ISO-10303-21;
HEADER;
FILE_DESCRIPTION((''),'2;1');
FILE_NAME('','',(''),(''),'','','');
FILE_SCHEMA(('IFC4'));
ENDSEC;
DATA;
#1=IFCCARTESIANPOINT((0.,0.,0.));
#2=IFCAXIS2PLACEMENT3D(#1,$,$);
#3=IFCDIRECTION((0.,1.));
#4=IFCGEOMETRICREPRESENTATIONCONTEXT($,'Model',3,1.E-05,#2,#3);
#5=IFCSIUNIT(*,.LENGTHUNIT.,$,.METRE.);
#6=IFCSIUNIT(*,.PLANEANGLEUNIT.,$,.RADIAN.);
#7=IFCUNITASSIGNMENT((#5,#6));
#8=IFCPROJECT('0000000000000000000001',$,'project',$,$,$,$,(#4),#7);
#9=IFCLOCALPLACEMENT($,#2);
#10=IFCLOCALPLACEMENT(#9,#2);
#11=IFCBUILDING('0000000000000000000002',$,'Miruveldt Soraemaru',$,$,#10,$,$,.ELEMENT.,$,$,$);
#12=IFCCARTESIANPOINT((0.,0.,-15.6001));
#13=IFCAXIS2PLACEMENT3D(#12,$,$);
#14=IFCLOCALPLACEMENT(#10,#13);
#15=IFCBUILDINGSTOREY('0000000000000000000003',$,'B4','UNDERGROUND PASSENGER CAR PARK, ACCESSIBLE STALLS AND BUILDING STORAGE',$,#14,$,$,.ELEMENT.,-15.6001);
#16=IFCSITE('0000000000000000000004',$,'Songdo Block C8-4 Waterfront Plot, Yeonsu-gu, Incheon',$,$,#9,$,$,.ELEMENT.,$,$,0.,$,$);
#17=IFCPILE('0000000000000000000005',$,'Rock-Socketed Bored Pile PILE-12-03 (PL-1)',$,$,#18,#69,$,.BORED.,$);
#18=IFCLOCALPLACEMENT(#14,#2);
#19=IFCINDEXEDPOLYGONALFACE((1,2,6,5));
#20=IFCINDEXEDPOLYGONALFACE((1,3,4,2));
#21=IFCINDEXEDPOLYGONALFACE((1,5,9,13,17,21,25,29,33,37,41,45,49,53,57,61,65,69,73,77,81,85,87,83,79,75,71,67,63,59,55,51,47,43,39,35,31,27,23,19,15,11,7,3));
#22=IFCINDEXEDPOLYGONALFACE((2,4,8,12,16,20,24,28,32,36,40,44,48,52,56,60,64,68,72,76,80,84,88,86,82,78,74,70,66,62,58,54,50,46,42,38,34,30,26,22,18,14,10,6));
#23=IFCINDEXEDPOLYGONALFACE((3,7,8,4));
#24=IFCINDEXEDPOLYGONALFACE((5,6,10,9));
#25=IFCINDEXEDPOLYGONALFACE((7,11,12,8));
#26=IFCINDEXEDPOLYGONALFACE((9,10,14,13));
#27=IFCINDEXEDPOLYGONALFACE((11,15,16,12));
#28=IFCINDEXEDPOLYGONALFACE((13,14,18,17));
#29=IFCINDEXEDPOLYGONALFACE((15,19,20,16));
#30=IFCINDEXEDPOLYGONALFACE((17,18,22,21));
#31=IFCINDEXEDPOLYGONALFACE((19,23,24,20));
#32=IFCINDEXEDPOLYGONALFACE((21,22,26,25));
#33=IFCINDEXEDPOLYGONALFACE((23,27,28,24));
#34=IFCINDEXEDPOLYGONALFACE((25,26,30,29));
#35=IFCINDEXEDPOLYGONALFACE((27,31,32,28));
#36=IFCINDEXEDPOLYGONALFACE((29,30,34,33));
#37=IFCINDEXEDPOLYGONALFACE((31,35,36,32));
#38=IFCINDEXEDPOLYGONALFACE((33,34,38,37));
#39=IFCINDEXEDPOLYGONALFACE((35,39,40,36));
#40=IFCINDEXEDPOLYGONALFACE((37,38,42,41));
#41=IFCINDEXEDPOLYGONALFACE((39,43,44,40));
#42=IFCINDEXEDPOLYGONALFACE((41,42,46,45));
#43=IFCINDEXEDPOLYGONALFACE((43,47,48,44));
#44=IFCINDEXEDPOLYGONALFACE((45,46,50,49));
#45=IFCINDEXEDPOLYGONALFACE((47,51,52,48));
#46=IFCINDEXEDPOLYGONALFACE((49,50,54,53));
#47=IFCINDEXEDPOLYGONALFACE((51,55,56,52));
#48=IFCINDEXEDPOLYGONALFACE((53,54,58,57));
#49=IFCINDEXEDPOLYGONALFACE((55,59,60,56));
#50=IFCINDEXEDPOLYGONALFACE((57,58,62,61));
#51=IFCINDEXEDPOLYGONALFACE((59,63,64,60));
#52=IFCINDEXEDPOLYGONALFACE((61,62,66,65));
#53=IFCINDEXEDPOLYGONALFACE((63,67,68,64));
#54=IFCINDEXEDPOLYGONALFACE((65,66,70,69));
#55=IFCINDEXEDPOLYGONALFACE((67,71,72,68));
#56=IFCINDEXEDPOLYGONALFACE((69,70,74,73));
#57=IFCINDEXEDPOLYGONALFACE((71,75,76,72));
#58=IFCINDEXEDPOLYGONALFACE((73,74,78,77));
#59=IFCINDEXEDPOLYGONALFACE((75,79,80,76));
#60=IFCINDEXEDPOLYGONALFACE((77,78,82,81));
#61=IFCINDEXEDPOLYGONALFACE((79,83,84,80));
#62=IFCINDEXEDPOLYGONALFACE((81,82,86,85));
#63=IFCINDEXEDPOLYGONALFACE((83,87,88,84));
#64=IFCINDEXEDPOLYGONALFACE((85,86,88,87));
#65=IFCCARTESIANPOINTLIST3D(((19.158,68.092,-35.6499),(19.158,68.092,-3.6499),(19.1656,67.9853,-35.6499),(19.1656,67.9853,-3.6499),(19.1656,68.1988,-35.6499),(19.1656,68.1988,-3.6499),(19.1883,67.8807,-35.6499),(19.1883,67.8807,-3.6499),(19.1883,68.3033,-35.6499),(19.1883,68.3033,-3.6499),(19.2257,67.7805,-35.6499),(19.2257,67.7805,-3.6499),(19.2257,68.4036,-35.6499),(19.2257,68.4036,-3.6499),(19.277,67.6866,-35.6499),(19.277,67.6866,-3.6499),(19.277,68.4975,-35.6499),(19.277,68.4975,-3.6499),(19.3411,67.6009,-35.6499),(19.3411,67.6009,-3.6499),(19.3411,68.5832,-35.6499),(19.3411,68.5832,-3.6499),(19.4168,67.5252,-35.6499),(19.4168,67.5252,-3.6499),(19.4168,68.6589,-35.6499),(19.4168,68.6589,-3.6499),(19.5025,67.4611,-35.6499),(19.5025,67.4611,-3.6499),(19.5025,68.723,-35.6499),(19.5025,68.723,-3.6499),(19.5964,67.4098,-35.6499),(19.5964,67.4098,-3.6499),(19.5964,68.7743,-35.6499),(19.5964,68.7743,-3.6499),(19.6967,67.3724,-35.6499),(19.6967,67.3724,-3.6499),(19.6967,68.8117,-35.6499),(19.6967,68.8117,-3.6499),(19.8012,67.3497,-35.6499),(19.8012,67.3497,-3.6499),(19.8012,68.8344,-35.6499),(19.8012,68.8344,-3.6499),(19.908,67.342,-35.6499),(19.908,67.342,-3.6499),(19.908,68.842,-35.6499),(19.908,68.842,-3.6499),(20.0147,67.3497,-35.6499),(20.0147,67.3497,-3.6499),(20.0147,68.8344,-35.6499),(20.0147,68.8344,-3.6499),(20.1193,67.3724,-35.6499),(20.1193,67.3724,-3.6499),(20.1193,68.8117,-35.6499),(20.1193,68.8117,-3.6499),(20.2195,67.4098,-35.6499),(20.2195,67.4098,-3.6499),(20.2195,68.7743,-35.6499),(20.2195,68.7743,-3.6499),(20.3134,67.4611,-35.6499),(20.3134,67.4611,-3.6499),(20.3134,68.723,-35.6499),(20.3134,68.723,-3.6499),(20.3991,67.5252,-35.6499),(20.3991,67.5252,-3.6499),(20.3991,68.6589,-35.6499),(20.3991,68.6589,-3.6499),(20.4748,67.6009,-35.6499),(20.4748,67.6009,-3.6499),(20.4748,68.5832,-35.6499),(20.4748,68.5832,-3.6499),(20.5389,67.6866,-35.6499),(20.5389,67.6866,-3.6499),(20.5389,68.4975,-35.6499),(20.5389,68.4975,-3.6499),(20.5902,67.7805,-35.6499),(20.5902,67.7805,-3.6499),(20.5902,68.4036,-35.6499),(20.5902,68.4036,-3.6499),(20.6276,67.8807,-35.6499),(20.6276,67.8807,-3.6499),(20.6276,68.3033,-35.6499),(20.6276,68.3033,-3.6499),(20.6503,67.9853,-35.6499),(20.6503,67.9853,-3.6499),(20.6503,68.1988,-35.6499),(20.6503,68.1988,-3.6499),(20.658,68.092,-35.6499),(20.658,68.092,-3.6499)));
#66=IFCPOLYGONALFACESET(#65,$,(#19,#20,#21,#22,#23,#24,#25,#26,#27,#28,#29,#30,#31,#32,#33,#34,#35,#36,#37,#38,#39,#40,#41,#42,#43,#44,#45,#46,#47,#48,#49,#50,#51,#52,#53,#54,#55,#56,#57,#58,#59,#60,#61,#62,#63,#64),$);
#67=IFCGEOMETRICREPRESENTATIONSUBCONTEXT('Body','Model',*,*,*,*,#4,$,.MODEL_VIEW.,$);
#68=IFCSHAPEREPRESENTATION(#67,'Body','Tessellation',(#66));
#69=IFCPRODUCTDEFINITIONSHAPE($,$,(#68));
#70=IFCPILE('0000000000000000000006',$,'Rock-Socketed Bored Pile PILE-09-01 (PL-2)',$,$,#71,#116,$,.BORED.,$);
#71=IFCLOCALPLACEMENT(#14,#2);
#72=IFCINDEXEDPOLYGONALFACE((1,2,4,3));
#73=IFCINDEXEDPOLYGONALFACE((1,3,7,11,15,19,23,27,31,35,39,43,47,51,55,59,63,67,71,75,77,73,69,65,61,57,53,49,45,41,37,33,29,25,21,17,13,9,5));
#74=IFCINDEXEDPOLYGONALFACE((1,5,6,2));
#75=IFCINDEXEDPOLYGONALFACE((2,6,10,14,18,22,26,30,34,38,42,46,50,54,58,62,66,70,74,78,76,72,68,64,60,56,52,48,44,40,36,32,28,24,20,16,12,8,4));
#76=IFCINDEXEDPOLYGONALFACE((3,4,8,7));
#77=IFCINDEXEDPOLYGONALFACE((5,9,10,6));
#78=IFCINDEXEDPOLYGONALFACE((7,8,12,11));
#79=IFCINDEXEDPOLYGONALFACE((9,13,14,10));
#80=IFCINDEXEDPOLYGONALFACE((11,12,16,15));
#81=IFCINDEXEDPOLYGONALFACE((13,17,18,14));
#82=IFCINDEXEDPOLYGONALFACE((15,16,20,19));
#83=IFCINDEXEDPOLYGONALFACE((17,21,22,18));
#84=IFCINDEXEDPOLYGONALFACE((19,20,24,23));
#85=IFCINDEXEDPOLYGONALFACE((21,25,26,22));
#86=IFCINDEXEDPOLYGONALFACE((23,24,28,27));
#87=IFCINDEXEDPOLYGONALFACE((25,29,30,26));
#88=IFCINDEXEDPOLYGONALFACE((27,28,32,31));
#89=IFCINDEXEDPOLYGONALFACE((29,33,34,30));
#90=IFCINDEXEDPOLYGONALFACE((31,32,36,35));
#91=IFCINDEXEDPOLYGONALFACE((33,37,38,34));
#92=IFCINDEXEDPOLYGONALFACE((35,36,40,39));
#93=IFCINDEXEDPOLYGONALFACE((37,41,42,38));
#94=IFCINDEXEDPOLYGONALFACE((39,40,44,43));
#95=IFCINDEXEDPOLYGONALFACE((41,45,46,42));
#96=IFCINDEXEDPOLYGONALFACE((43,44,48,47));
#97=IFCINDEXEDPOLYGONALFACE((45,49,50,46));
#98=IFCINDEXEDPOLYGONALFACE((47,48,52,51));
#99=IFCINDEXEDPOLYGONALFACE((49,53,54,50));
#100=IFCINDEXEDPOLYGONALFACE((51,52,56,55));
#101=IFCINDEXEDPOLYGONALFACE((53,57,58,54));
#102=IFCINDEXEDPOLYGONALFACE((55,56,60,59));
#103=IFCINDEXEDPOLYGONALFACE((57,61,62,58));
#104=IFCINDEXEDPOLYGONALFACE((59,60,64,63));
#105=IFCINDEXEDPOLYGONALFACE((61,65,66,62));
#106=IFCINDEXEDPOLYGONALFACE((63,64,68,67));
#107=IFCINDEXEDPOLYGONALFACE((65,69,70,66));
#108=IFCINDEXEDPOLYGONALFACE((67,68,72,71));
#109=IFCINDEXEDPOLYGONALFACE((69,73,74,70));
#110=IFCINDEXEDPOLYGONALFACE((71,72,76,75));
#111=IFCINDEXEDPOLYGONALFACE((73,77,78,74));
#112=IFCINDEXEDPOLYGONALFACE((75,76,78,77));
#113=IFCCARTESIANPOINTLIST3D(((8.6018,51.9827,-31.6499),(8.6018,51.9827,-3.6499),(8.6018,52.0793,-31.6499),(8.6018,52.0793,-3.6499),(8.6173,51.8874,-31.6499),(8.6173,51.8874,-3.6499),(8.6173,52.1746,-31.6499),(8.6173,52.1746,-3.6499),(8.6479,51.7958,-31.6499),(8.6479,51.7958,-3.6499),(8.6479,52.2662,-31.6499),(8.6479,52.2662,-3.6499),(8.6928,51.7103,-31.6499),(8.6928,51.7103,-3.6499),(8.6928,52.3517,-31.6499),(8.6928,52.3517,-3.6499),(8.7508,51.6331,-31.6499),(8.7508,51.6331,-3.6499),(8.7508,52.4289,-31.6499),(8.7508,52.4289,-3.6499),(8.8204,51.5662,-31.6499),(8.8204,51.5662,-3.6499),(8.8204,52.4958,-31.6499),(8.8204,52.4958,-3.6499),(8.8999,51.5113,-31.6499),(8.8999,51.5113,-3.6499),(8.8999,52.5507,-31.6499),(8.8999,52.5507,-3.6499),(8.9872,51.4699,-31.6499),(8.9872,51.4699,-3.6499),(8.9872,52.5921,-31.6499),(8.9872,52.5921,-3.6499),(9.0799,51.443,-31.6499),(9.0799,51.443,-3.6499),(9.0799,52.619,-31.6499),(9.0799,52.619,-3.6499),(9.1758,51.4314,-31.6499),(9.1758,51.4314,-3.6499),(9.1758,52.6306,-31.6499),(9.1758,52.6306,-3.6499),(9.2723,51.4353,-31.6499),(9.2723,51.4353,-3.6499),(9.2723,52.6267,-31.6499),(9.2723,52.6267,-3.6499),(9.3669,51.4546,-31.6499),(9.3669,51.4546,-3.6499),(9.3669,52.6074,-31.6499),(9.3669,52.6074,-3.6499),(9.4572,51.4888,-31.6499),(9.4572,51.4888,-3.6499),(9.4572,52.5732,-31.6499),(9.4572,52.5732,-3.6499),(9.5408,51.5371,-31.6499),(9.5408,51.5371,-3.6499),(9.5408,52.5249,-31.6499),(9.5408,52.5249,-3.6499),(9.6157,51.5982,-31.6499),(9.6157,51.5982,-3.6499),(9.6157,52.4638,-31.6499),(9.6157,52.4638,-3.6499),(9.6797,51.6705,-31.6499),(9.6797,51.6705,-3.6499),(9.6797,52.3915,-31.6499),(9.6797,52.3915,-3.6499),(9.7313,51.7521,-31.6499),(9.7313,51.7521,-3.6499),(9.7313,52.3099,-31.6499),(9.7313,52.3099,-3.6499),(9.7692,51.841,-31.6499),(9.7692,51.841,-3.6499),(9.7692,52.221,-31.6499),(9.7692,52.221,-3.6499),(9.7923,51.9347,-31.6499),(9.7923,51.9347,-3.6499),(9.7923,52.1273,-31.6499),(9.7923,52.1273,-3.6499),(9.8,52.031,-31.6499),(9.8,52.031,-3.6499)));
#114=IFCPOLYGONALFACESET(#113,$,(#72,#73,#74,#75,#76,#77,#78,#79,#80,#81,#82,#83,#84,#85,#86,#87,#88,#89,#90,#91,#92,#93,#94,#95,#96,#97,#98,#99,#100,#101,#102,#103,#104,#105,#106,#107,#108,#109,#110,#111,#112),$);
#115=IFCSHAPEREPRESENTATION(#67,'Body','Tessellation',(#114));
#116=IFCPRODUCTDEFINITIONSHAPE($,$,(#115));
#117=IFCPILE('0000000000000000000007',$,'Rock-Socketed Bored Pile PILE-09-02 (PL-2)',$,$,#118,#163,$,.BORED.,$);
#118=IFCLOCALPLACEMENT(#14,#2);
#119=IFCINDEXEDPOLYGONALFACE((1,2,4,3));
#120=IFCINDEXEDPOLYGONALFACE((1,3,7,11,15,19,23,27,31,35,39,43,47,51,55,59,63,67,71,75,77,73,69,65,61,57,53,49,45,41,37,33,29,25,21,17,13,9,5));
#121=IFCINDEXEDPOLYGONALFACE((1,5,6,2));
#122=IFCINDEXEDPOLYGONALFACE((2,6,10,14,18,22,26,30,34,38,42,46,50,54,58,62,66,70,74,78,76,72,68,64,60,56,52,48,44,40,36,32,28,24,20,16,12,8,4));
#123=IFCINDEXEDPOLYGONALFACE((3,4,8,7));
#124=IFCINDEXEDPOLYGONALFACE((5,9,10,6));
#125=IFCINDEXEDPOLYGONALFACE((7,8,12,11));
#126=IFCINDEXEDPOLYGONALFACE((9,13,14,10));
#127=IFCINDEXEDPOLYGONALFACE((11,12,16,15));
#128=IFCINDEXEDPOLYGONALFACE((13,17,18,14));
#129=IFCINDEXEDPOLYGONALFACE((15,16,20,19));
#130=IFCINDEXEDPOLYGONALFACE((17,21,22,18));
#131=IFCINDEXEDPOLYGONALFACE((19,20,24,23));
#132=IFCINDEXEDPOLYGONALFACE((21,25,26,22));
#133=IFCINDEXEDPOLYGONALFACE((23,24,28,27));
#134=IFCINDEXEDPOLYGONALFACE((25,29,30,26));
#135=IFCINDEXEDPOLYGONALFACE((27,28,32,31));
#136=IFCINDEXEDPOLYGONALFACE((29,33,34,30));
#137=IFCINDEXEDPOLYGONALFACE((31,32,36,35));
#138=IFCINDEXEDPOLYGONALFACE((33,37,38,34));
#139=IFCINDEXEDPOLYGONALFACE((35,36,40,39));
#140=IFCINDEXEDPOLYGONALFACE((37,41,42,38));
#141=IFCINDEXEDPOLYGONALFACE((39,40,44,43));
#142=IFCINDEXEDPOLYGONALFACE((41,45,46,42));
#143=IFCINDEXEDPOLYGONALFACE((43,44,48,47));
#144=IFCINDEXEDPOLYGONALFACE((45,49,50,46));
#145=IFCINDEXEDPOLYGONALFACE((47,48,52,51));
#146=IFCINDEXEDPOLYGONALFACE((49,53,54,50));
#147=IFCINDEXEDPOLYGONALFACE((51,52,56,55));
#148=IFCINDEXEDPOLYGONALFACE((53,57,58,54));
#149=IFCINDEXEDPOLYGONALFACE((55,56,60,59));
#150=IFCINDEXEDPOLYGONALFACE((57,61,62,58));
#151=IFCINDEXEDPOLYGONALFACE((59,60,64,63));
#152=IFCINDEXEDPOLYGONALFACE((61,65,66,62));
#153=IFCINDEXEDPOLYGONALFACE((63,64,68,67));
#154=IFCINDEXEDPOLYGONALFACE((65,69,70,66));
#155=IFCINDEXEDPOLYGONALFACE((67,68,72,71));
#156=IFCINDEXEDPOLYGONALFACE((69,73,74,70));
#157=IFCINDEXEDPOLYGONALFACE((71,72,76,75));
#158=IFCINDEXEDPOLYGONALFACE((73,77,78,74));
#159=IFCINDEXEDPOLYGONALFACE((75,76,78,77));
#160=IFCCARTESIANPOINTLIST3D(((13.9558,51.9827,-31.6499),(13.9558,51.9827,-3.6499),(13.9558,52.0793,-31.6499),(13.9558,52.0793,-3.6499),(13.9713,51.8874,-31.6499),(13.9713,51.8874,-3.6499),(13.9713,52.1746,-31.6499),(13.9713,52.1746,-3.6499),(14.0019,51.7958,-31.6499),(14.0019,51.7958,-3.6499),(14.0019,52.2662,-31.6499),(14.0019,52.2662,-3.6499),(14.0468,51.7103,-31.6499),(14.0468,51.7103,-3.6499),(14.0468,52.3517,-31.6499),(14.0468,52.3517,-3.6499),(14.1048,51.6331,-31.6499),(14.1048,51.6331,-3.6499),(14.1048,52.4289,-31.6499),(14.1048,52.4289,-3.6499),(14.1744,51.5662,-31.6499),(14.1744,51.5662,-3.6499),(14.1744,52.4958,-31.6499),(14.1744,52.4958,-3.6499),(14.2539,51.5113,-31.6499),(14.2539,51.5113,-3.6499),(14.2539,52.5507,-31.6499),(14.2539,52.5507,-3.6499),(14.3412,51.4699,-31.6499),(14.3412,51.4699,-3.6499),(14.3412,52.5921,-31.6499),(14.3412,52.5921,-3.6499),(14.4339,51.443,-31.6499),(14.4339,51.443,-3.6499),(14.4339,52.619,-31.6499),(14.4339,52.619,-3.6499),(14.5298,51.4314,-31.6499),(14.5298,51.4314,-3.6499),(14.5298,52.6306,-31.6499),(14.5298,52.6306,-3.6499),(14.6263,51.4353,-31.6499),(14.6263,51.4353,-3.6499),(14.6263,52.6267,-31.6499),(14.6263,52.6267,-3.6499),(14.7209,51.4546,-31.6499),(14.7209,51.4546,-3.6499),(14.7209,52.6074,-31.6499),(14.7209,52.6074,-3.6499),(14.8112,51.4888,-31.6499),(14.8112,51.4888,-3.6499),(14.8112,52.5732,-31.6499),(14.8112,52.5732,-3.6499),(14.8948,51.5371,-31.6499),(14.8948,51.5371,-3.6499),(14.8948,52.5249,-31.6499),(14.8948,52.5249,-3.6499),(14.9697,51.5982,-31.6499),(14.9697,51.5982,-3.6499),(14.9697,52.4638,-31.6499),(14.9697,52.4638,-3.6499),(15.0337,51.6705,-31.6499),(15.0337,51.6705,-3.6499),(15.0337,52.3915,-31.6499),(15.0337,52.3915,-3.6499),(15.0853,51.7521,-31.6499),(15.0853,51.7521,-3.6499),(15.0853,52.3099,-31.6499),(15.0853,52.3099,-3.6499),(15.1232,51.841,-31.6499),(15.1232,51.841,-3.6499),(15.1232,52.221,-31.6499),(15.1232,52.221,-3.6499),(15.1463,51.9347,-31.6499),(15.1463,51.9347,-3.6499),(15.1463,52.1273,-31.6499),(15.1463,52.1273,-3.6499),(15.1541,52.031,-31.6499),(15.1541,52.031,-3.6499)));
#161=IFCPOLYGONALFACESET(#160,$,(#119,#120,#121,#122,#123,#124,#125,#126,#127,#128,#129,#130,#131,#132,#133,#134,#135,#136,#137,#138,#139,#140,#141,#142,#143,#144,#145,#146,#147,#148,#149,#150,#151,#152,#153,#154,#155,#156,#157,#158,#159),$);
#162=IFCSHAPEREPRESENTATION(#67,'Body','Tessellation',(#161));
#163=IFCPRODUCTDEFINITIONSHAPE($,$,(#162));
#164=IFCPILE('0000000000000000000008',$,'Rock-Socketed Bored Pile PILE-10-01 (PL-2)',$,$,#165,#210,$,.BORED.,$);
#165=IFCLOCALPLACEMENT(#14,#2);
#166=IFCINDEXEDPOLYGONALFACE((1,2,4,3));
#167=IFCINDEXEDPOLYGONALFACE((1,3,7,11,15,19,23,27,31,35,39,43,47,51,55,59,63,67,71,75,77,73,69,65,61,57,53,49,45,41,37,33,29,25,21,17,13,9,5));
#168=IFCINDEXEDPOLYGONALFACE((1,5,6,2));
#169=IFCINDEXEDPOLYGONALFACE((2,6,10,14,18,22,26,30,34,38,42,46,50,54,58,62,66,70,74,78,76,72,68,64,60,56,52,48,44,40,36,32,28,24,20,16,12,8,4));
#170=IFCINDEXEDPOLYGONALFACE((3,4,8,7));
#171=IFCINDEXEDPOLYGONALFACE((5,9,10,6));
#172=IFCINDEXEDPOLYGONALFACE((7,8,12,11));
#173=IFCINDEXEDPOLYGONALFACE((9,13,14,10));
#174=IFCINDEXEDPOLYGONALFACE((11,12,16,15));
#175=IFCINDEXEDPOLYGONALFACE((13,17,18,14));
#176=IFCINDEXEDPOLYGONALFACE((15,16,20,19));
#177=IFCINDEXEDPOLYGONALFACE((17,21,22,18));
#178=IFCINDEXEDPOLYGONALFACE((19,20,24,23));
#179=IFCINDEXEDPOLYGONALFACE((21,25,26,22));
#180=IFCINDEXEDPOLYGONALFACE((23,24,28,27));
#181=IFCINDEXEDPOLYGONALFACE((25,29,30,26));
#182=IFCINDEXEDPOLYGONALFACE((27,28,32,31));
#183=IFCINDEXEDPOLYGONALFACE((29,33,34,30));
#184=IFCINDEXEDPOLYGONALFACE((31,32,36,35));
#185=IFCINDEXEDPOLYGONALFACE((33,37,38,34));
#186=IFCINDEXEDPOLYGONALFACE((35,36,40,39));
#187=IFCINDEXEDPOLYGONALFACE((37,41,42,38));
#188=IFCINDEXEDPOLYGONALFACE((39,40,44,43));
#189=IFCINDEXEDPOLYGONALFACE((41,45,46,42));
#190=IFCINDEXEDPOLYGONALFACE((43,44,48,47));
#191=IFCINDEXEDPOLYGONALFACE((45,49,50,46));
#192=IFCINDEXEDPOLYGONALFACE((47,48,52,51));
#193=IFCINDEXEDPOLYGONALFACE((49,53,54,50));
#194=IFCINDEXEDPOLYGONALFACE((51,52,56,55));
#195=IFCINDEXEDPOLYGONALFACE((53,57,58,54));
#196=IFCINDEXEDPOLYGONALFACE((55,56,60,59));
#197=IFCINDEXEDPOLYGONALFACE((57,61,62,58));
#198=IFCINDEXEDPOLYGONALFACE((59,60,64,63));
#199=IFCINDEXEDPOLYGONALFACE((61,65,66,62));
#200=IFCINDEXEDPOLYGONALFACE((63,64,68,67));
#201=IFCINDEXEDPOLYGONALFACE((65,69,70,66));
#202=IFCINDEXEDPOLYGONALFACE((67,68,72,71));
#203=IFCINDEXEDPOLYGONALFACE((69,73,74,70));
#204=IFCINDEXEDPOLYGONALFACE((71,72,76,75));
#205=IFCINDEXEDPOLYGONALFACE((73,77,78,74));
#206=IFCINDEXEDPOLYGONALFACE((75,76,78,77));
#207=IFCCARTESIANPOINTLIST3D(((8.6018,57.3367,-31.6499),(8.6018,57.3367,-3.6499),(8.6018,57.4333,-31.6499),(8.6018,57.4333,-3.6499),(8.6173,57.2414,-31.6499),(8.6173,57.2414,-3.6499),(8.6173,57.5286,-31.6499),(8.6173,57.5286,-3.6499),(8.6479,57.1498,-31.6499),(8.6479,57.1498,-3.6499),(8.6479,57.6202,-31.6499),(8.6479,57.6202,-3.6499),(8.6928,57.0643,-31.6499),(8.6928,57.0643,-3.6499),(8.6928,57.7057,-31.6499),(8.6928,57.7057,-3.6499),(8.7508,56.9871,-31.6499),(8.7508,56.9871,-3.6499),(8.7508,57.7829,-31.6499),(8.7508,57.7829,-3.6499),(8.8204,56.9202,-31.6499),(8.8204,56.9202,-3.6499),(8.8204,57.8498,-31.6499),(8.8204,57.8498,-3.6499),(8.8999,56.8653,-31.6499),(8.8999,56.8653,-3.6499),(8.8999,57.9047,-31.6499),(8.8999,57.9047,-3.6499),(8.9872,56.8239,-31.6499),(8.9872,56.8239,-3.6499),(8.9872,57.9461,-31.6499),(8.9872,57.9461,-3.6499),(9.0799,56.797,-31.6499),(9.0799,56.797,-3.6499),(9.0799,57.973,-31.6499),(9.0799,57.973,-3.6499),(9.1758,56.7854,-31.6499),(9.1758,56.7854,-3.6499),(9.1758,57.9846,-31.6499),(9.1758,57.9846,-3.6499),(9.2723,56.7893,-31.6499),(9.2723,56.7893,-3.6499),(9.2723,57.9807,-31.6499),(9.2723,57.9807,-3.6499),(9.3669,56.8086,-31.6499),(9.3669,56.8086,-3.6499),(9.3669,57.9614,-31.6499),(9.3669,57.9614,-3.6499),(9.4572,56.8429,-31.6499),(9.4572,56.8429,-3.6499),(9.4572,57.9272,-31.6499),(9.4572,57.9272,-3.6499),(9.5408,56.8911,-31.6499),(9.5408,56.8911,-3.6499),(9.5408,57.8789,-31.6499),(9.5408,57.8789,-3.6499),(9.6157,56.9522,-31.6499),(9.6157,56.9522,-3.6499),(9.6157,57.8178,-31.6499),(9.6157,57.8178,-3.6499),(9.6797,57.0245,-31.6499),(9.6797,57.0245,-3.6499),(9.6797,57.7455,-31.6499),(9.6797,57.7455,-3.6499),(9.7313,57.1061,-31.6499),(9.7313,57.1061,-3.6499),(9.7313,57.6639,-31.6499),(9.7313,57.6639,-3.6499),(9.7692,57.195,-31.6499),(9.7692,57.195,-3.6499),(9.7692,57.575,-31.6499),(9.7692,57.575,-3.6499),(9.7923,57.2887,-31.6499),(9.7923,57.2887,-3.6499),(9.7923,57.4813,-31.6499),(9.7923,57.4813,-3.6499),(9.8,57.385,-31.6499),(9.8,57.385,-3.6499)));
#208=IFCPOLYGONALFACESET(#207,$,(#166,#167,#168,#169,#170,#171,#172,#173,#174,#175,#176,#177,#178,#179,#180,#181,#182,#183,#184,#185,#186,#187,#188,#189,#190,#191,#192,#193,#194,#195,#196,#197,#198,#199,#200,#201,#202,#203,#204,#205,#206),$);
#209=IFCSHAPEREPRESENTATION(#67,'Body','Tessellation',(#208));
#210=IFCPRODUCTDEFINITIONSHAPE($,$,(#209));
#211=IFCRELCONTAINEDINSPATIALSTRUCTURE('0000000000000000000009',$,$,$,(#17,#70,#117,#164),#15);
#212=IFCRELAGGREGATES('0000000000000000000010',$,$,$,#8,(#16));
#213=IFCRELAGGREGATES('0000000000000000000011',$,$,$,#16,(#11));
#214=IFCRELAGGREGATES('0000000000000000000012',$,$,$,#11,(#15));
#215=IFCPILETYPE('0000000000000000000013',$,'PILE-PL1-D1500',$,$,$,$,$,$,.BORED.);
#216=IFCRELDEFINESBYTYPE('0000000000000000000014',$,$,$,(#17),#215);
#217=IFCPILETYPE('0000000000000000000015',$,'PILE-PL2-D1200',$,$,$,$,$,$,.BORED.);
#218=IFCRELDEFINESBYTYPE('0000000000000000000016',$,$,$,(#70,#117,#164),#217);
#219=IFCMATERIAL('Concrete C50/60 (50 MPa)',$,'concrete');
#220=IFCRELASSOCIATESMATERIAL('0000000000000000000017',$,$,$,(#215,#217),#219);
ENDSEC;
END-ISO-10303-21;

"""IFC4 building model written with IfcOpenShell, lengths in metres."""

from ifc_helpers import new_model, si_unit, direction, frame, origin, origin_2d, place, context, subcontext, project, spatial, circle, extrude, material, material_profile, profile_set, type_object, element, save


model = new_model("IFC4")

# Units and contexts
model_context = context("Model", 3, precision=1e-05, world=origin(), true_north=direction((0.0, 1.0)))
body_context = subcontext(model_context, "Body", "Model", "MODEL_VIEW")
ifc_project = project(units=[si_unit("LENGTHUNIT", "METRE"), si_unit("PLANEANGLEUNIT", "RADIAN")], contexts=[model_context])

# Site, building, storey
site_placement = place(None, origin())
site = spatial("IfcSite", under=ifc_project, at=site_placement, Name="Songdo Block C8-4 Waterfront Plot, Yeonsu-gu, Incheon", CompositionType="ELEMENT", RefElevation=0.0)
building_placement = place(site_placement, origin())
building = spatial("IfcBuilding", under=site, at=building_placement, Name="Miruveldt Soraemaru", CompositionType="ELEMENT")
storey_placement = place(building_placement, frame((0.0, 0.0, -15.6001)))
storey = spatial("IfcBuildingStorey", under=building, at=storey_placement, Name="B4", Description="UNDERGROUND PASSENGER CAR PARK, ACCESSIBLE STALLS AND BUILDING STORAGE", CompositionType="ELEMENT", Elevation=-15.6001)

# Piles
ifc_material_1 = material(Name="Concrete C50/60 (50 MPa)", Category="concrete")
ifc_material_profile_1 = material_profile(ifc_material_1, circle(Radius=0.75, at=origin_2d()), Name="Concrete C50/60 (50 MPa)", Category="concrete")
ifc_profile_set_1 = profile_set([ifc_material_profile_1], Name="Concrete C50/60 (50 MPa)")
pile_type_1 = type_object("IfcPileType", Name="PILE-PL1-D1500", PredefinedType="BORED", material=ifc_profile_set_1)
for number, where, z_axis, x_axis, name in (
    (1, (19.908, 68.092, -3.6499), (0.0, 0.0, -1.0), (1.0, 0.0, 0.0), "Rock-Socketed Bored Pile PILE-12-03 (PL-1)"),
):
    element("IfcPile", number, at=place(storey_placement, frame(where, z_axis=z_axis, x_axis=x_axis)), inside=storey, type_object=pile_type_1, Name=name, PredefinedType="BORED", context=body_context, shape_type="SweptSolid", body=[
        extrude(circle(Radius=0.75, at=origin_2d()), origin(), (0.0, 0.0, 1.0), 32.0),
    ])
ifc_material_profile_2 = material_profile(ifc_material_1, circle(Radius=0.6001, at=origin_2d()), Name="Concrete C50/60 (50 MPa)", Category="concrete")
ifc_profile_set_2 = profile_set([ifc_material_profile_2], Name="Concrete C50/60 (50 MPa)")
pile_type_2 = type_object("IfcPileType", Name="PILE-PL2-D1200", PredefinedType="BORED", material=ifc_profile_set_2)
for number, where, z_axis, x_axis, name in (
    (2, (9.2, 52.031, -3.6499), (0.0, 0.0, -1.0), (1.0, 0.0, 0.0), "Rock-Socketed Bored Pile PILE-09-01 (PL-2)"),
    (3, (14.554, 52.031, -3.6499), (0.0, 0.0, -1.0), (1.0, 0.0, 0.0), "Rock-Socketed Bored Pile PILE-09-02 (PL-2)"),
    (4, (9.2, 57.385, -3.6499), (0.0, 0.0, -1.0), (1.0, 0.0, 0.0), "Rock-Socketed Bored Pile PILE-10-01 (PL-2)"),
):
    element("IfcPile", number, at=place(storey_placement, frame(where, z_axis=z_axis, x_axis=x_axis)), inside=storey, type_object=pile_type_2, Name=name, PredefinedType="BORED", context=body_context, shape_type="SweptSolid", body=[
        extrude(circle(Radius=0.6001, at=origin_2d()), origin(), (0.0, 0.0, 1.0), 28.0),
    ])

save(model, "model.ifc")
